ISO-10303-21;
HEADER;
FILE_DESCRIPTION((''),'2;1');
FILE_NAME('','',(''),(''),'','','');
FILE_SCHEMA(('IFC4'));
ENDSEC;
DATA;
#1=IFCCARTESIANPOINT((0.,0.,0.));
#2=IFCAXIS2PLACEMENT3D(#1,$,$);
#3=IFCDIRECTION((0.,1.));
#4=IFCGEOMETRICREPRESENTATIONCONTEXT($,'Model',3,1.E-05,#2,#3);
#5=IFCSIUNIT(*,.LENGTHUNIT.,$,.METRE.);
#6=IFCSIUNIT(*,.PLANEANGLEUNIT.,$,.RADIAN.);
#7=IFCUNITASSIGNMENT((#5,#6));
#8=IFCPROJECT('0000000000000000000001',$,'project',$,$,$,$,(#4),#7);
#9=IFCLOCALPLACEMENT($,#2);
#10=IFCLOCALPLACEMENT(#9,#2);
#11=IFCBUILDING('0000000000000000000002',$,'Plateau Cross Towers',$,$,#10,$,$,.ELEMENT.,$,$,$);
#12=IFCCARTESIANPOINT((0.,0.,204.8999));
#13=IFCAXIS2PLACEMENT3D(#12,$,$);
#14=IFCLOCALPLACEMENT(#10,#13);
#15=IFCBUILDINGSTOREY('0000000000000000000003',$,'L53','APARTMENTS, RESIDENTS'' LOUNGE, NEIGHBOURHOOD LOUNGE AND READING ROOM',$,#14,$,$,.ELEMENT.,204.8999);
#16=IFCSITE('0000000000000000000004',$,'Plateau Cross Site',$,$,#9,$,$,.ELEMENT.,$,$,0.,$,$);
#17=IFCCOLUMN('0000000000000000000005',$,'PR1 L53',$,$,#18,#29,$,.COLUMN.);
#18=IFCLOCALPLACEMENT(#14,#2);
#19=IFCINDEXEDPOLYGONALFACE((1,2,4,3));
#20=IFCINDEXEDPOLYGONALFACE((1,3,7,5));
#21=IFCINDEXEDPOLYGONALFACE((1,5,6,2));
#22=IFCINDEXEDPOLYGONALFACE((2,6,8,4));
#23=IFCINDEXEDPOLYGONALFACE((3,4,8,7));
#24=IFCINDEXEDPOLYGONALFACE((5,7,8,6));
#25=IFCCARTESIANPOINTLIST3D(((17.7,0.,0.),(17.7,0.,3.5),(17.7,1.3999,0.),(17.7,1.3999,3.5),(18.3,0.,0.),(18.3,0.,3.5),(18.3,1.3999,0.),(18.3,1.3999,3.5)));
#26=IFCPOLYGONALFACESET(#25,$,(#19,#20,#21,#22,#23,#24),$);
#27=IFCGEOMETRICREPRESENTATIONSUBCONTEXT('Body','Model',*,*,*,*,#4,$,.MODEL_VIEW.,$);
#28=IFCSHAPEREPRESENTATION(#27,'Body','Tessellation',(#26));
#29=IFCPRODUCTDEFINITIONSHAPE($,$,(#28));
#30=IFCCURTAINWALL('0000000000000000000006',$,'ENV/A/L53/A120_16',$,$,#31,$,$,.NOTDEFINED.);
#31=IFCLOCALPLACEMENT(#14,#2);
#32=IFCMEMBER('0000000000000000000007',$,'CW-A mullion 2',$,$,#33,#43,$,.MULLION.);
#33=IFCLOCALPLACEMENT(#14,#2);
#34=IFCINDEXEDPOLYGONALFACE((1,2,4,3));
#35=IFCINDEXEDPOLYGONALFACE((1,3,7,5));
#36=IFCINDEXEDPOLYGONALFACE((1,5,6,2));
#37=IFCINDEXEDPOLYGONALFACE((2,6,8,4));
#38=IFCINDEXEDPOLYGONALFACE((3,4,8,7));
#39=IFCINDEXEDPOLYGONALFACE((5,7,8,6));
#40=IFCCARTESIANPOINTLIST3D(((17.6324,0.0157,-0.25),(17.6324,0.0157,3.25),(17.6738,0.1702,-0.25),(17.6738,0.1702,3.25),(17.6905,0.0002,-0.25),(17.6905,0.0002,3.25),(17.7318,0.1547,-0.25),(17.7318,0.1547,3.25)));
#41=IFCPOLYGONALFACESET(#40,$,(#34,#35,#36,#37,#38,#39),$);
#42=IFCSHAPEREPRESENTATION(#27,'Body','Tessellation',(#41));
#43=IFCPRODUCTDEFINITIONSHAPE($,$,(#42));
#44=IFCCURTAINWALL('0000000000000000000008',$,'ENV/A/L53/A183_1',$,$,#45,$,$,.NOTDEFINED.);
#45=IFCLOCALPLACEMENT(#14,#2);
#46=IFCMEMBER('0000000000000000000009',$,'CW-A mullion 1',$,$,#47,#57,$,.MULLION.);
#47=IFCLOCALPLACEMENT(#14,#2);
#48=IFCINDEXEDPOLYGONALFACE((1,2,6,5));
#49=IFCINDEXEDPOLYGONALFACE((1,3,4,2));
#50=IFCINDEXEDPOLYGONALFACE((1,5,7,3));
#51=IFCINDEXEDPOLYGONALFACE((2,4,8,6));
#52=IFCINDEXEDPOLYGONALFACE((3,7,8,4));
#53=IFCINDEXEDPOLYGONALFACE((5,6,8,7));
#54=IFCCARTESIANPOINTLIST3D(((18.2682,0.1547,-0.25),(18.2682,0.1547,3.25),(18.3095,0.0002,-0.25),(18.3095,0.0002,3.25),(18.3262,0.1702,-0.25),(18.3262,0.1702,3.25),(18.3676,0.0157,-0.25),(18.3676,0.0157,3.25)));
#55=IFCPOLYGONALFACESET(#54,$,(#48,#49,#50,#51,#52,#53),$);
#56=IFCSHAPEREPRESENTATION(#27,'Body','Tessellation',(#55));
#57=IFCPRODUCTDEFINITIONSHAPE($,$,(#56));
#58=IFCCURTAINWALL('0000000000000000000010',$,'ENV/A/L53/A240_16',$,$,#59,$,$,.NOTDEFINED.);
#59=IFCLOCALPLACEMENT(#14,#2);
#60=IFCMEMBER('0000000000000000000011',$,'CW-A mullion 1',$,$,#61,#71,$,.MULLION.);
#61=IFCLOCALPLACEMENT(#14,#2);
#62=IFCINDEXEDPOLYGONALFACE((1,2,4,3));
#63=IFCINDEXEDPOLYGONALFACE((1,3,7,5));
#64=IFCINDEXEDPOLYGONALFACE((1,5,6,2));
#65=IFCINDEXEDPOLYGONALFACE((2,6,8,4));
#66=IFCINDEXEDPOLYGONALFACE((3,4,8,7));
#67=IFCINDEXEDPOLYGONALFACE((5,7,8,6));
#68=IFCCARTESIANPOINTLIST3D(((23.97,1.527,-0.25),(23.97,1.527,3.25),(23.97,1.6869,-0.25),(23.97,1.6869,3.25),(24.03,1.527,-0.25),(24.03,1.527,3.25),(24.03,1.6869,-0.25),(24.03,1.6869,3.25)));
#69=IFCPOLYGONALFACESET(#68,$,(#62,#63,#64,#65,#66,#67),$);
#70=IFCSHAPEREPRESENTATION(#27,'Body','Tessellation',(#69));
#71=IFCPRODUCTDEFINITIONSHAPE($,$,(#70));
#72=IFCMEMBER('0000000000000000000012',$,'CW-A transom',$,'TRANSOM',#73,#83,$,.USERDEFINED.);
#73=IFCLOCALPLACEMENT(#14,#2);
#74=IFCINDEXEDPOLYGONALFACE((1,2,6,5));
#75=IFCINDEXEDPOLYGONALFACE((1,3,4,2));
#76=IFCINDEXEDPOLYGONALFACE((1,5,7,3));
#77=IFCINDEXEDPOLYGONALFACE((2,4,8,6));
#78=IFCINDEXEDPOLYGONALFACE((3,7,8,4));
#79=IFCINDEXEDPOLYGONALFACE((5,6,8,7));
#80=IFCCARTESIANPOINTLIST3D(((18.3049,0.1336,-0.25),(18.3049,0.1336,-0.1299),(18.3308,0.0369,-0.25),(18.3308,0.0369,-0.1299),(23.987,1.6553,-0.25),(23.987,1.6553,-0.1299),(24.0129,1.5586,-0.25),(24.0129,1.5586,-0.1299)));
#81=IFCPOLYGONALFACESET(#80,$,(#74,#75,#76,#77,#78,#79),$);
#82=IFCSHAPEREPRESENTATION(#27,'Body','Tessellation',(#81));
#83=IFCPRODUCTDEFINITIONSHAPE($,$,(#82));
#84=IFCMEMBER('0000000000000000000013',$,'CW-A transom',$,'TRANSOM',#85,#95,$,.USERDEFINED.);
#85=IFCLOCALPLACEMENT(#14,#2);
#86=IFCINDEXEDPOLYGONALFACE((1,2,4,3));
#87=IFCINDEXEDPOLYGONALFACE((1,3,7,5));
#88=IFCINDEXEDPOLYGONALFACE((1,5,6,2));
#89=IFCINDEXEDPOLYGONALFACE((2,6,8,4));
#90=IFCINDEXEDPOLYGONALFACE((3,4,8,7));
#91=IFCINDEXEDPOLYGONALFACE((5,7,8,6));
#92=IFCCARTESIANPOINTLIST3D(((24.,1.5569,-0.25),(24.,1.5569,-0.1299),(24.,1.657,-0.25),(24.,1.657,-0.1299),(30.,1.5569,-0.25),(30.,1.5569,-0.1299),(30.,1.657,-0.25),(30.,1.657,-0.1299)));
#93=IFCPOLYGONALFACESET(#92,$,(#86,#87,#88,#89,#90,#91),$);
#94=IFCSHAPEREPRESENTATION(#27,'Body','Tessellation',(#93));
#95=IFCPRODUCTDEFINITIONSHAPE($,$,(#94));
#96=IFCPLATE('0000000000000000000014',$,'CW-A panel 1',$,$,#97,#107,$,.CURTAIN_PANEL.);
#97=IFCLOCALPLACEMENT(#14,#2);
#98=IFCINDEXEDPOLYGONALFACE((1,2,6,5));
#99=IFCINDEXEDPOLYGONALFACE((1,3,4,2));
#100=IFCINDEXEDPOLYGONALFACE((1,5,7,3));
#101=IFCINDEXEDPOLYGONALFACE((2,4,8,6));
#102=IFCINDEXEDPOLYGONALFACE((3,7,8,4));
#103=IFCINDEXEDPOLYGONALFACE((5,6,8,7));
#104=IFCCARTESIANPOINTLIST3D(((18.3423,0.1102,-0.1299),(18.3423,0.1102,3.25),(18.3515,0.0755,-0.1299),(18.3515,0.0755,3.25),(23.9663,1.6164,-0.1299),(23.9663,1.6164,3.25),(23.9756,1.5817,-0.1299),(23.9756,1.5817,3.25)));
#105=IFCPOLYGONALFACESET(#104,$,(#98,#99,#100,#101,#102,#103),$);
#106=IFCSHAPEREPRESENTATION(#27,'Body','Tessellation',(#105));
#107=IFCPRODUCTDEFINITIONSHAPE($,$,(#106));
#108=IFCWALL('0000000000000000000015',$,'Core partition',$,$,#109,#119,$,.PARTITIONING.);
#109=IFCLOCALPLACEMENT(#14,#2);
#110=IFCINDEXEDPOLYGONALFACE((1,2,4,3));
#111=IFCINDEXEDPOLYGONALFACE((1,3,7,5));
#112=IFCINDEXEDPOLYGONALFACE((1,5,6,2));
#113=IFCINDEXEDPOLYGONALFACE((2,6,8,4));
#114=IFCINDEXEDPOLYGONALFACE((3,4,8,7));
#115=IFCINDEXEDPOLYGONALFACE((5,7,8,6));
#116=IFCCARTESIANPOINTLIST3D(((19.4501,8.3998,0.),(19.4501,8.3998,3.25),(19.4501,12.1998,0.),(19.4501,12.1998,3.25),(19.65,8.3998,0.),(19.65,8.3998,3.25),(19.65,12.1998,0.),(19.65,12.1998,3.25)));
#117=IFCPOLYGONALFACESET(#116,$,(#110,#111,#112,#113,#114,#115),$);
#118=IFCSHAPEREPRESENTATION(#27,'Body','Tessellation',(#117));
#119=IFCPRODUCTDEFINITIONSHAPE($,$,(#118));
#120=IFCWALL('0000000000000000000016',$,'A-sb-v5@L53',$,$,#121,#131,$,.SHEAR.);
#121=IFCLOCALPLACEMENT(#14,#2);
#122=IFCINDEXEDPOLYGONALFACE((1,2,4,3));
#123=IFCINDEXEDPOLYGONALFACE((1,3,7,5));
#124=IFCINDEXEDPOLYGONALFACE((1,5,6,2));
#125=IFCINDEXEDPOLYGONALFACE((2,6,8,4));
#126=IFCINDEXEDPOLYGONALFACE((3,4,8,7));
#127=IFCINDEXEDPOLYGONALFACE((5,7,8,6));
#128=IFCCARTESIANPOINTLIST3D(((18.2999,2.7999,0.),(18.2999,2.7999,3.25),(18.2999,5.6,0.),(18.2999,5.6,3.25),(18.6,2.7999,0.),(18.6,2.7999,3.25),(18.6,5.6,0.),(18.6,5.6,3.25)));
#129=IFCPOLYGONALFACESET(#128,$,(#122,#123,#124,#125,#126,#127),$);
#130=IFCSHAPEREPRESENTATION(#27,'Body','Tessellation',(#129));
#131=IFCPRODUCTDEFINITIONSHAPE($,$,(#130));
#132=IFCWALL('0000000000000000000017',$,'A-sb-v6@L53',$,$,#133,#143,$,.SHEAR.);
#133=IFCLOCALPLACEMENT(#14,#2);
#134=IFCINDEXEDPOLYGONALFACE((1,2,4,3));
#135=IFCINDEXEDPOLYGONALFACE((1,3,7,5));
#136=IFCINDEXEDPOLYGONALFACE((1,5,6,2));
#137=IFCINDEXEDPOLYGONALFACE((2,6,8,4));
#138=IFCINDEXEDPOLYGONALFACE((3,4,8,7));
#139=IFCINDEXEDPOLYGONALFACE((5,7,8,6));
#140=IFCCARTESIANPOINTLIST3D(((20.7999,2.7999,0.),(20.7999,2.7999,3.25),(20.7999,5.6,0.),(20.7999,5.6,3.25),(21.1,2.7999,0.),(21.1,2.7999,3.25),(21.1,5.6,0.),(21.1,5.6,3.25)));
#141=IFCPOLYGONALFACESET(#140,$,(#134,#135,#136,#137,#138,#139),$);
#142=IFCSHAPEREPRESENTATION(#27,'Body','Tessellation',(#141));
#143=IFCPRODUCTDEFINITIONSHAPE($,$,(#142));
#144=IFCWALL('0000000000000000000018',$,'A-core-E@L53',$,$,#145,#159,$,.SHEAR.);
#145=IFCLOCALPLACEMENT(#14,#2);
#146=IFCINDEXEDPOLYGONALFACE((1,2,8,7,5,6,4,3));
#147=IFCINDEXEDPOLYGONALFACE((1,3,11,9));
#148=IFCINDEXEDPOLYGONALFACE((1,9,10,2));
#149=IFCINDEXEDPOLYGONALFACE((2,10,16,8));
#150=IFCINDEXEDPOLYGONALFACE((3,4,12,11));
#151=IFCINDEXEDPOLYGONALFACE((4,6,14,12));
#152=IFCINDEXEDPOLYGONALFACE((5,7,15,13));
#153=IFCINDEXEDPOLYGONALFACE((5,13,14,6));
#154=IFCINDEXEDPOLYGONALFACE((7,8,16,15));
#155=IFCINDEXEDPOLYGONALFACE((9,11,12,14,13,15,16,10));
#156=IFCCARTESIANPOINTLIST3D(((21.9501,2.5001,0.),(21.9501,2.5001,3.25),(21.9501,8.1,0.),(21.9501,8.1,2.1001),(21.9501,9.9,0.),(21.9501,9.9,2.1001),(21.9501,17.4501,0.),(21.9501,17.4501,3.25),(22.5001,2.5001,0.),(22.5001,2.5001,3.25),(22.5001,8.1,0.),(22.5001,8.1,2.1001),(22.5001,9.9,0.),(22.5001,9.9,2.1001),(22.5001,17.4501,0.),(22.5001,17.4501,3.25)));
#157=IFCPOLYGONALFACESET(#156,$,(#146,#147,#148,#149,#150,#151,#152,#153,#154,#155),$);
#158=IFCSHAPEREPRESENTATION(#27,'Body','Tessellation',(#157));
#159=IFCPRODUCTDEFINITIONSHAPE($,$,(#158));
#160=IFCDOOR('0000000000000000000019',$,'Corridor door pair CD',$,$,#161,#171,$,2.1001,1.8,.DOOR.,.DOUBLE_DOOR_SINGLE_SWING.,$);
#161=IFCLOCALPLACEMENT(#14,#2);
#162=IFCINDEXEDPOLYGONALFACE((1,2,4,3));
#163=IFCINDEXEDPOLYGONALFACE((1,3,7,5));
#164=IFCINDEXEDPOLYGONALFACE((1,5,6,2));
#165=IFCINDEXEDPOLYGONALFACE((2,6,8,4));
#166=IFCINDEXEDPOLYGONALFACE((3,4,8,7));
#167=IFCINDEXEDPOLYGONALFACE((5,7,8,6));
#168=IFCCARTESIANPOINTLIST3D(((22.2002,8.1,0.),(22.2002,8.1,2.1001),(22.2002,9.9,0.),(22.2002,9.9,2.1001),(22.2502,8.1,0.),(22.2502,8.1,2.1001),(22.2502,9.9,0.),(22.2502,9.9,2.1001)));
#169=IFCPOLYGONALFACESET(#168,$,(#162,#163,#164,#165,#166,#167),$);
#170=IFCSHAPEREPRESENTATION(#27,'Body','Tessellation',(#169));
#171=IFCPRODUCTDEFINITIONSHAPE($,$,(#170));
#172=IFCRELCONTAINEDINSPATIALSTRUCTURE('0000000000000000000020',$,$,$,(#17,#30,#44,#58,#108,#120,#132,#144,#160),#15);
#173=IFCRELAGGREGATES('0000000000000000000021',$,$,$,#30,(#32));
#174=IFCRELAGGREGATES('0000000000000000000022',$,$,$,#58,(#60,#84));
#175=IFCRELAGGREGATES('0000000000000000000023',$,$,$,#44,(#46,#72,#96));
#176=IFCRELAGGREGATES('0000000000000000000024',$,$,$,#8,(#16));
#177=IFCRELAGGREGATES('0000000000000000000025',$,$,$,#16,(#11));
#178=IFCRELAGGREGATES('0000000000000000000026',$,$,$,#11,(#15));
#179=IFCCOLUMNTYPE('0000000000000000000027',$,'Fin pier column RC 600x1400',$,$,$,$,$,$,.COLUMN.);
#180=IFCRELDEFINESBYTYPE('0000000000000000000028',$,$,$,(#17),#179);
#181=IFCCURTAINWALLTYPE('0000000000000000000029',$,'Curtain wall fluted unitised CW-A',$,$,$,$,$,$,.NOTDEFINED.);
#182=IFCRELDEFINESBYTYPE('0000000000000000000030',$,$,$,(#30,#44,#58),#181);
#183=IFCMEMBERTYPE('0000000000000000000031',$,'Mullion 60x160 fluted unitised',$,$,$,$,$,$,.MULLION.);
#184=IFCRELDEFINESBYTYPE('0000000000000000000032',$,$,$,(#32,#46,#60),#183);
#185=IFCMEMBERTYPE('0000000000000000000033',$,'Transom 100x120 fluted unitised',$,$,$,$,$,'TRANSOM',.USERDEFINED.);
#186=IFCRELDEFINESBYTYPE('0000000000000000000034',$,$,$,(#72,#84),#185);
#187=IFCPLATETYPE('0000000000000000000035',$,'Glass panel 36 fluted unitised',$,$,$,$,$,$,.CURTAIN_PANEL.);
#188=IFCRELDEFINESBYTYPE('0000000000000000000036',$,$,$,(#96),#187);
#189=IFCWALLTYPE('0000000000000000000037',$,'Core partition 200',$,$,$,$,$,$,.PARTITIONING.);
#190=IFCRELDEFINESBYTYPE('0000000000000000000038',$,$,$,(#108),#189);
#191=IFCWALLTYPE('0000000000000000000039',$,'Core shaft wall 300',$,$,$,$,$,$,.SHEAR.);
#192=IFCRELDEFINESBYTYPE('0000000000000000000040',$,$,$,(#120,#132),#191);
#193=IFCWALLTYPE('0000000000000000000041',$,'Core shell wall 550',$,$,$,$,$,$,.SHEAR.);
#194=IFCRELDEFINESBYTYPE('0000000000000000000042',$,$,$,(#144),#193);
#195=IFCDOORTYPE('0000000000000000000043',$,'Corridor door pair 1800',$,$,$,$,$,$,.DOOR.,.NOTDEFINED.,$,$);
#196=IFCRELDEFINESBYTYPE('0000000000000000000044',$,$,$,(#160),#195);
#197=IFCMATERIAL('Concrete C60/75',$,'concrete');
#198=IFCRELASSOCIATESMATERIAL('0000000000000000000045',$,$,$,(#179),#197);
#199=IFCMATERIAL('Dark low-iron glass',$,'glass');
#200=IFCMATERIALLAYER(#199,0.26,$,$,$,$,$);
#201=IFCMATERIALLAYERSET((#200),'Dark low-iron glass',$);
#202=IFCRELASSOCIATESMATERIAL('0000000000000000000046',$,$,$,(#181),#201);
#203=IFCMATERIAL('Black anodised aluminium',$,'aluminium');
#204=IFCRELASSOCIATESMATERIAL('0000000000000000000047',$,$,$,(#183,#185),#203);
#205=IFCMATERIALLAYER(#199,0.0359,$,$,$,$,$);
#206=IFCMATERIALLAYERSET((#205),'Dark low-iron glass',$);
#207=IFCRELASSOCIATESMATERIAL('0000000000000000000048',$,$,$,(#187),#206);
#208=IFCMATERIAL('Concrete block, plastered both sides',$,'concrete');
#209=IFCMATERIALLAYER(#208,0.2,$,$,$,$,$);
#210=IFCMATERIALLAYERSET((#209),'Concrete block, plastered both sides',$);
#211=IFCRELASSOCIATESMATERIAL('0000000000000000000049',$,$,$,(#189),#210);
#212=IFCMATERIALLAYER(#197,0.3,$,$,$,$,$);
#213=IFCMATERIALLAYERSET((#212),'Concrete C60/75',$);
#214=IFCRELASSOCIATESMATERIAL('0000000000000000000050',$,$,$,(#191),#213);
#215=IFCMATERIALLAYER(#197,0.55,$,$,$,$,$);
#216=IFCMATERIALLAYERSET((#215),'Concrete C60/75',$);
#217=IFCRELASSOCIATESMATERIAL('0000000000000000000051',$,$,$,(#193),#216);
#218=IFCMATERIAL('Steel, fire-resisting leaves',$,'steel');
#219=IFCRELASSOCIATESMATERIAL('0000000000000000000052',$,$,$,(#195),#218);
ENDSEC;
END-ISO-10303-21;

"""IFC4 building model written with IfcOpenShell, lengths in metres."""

from ifc_helpers import new_model, si_unit, direction, frame, frame_2d, origin, origin_2d, place, context, subcontext, project, spatial, rectangle, extrude, material, layer, layer_set, material_profile, profile_set, type_object, element, fill, aggregate, save


model = new_model("IFC4")

# Units and contexts
model_context = context("Model", 3, precision=1e-05, world=origin(), true_north=direction((0.0, 1.0)))
body_context = subcontext(model_context, "Body", "Model", "MODEL_VIEW")
ifc_project = project(units=[si_unit("LENGTHUNIT", "METRE"), si_unit("PLANEANGLEUNIT", "RADIAN")], contexts=[model_context])

# Site, building, storey
site_placement = place(None, origin())
site = spatial("IfcSite", under=ifc_project, at=site_placement, Name="Plateau Cross Site", CompositionType="ELEMENT", RefElevation=0.0)
building_placement = place(site_placement, origin())
building = spatial("IfcBuilding", under=site, at=building_placement, Name="Plateau Cross Towers", CompositionType="ELEMENT")
storey_placement = place(building_placement, frame((0.0, 0.0, 204.8999)))
storey = spatial("IfcBuildingStorey", under=building, at=storey_placement, Name="L53", Description="APARTMENTS, RESIDENTS' LOUNGE, NEIGHBOURHOOD LOUNGE AND READING ROOM", CompositionType="ELEMENT", Elevation=204.8999)

# Column
ifc_material_1 = material(Name="Concrete C60/75", Category="concrete")
ifc_material_profile_1 = material_profile(ifc_material_1, rectangle(XDim=0.6001, YDim=1.3999, at=origin_2d()), Name="RC 600x1400")
ifc_profile_set_1 = profile_set([ifc_material_profile_1], Name="Concrete C60/75")
column_type = type_object("IfcColumnType", Name="Fin pier column RC 600x1400", PredefinedType="COLUMN", material=ifc_profile_set_1)
column_placement = place(storey_placement, frame((18.0, 0.7, 0.0), z_axis=(0.0, 0.0, 1.0), x_axis=(1.0, 0.0, 0.0)))
element("IfcColumn", 1, at=column_placement, inside=storey, type_object=column_type, Name="PR1 L53", PredefinedType="COLUMN", context=body_context, shape_type="SweptSolid", body=[
    extrude(rectangle(XDim=0.6001, YDim=1.3999, at=origin_2d()), origin(), (0.0, 0.0, 1.0), 3.5),
])

# Curtain walls, members
ifc_material_2 = material(Name="Dark low-iron glass", Category="glass")
ifc_layer_1 = layer(ifc_material_2, 0.26)
ifc_layer_set_1 = layer_set([ifc_layer_1], Name="Dark low-iron glass")
curtain_wall_type = type_object("IfcCurtainWallType", Name="Curtain wall fluted unitised CW-A", PredefinedType="NOTDEFINED", material=ifc_layer_set_1)
curtain_wall_1_placement = place(storey_placement, origin())
curtain_wall_1 = element("IfcCurtainWall", 2, at=curtain_wall_1_placement, inside=storey, type_object=curtain_wall_type, Name="ENV/A/L53/A120_16", PredefinedType="NOTDEFINED")
ifc_material_3 = material(Name="Black anodised aluminium", Category="aluminium")
ifc_material_profile_2 = material_profile(ifc_material_3, rectangle(XDim=0.0601, YDim=0.1599, at=origin_2d()), Name="MULLION 60x160")
ifc_profile_set_2 = profile_set([ifc_material_profile_2], Name="Black anodised aluminium")
member_type_1 = type_object("IfcMemberType", Name="Mullion 60x160 fluted unitised", PredefinedType="MULLION", material=ifc_profile_set_2)
member_1_placement = place(storey_placement, frame((17.6821, 0.0852, -0.25), z_axis=(0.0, 0.0, 1.0), x_axis=(0.965958, -0.258699, 0.0)))
member_1 = element("IfcMember", 3, at=member_1_placement, type_object=member_type_1, Name="CW-A mullion 2", PredefinedType="MULLION", context=body_context, shape_type="SweptSolid", body=[
    extrude(rectangle(XDim=0.0601, YDim=0.1599, at=origin_2d()), origin(), (0.0, 0.0, 1.0), 3.5),
])
aggregate(curtain_wall_1, [member_1])
curtain_wall_2_placement = place(storey_placement, origin())
curtain_wall_2 = element("IfcCurtainWall", 4, at=curtain_wall_2_placement, inside=storey, type_object=curtain_wall_type, Name="ENV/A/L53/A183_1", PredefinedType="NOTDEFINED")
member_2_placement = place(storey_placement, frame((18.3179, 0.0852, -0.25), z_axis=(0.0, 0.0, 1.0), x_axis=(0.965958, 0.258699, 0.0)))
member_2 = element("IfcMember", 5, at=member_2_placement, type_object=member_type_1, Name="CW-A mullion 1", PredefinedType="MULLION", context=body_context, shape_type="SweptSolid", body=[
    extrude(rectangle(XDim=0.0601, YDim=0.1599, at=origin_2d()), origin(), (0.0, 0.0, 1.0), 3.5),
])
curtain_wall_3_placement = place(storey_placement, origin())
curtain_wall_3 = element("IfcCurtainWall", 6, at=curtain_wall_3_placement, inside=storey, type_object=curtain_wall_type, Name="ENV/A/L53/A240_16", PredefinedType="NOTDEFINED")
member_3_placement = place(storey_placement, frame((24.0, 1.6069, -0.25), z_axis=(0.0, 0.0, 1.0), x_axis=(1.0, 0.0, 0.0)))
member_3 = element("IfcMember", 7, at=member_3_placement, type_object=member_type_1, Name="CW-A mullion 1", PredefinedType="MULLION", context=body_context, shape_type="SweptSolid", body=[
    extrude(rectangle(XDim=0.0601, YDim=0.1599, at=origin_2d()), origin(), (0.0, 0.0, 1.0), 3.5),
])

# Members
ifc_material_profile_3 = material_profile(ifc_material_3, rectangle(XDim=0.1001, YDim=0.1201, at=origin_2d()), Name="TRANSOM 100x120")
ifc_profile_set_3 = profile_set([ifc_material_profile_3], Name="Black anodised aluminium")
member_type_2 = type_object("IfcMemberType", Name="Transom 100x120 fluted unitised", ElementType="TRANSOM", PredefinedType="USERDEFINED", material=ifc_profile_set_3)
member_4_placement = place(storey_placement, frame((18.3179, 0.0852, -0.1899), z_axis=(0.96596, 0.258693, 0.0), x_axis=(-0.258693, 0.96596, 0.0)))
member_4 = element("IfcMember", 8, at=member_4_placement, type_object=member_type_2, Name="CW-A transom", ObjectType="TRANSOM", PredefinedType="USERDEFINED", context=body_context, shape_type="SweptSolid", body=[
    extrude(rectangle(XDim=0.1001, YDim=0.1201, at=origin_2d()), origin(), (0.0, 0.0, 1.0), 5.8823),
])
member_5_placement = place(storey_placement, frame((24.0, 1.6069, -0.1899), z_axis=(1.0, 0.0, 0.0), x_axis=(0.0, 1.0, 0.0)))
member_5 = element("IfcMember", 9, at=member_5_placement, type_object=member_type_2, Name="CW-A transom", ObjectType="TRANSOM", PredefinedType="USERDEFINED", context=body_context, shape_type="SweptSolid", body=[
    extrude(rectangle(XDim=0.1001, YDim=0.1201, at=origin_2d()), origin(), (0.0, 0.0, 1.0), 6.0),
])
aggregate(curtain_wall_3, [member_3, member_5])

# Plate
ifc_layer_2 = layer(ifc_material_2, 0.0359)
ifc_layer_set_2 = layer_set([ifc_layer_2], Name="Dark low-iron glass")
plate_type = type_object("IfcPlateType", Name="Glass panel 36 fluted unitised", PredefinedType="CURTAIN_PANEL", material=ifc_layer_set_2)
plate_placement = place(storey_placement, frame((21.1589, 0.8459, -0.1299), z_axis=(0.0, 0.0, 1.0), x_axis=(0.965958, 0.258699, 0.0)))
plate = element("IfcPlate", 10, at=plate_placement, type_object=plate_type, Name="CW-A panel 1", PredefinedType="CURTAIN_PANEL", context=body_context, shape_type="SweptSolid", body=[
    extrude(rectangle(XDim=5.8223, YDim=0.0359, at=origin_2d()), origin(), (0.0, 0.0, 1.0), 3.3799),
])
aggregate(curtain_wall_2, [member_2, member_4, plate])

# Walls
ifc_material_4 = material(Name="Concrete block, plastered both sides", Category="concrete")
ifc_layer_3 = layer(ifc_material_4, 0.2)
ifc_layer_set_3 = layer_set([ifc_layer_3], Name="Concrete block, plastered both sides")
wall_type_1 = type_object("IfcWallType", Name="Core partition 200", PredefinedType="PARTITIONING", material=ifc_layer_set_3)
wall_1_placement = place(storey_placement, frame((19.55, 8.3999, 0.0), z_axis=(0.0, 0.0, 1.0), x_axis=(0.0, 1.0, 0.0)))
element("IfcWall", 11, at=wall_1_placement, inside=storey, type_object=wall_type_1, Name="Core partition", PredefinedType="PARTITIONING", context=body_context, shape_type="SweptSolid", body=[
    extrude(rectangle(XDim=3.8, YDim=0.2, at=frame_2d((1.8999, 0.0))), origin(), (0.0, 0.0, 1.0), 3.25),
])
ifc_layer_4 = layer(ifc_material_1, 0.3)
ifc_layer_set_4 = layer_set([ifc_layer_4], Name="Concrete C60/75")
wall_type_2 = type_object("IfcWallType", Name="Core shaft wall 300", PredefinedType="SHEAR", material=ifc_layer_set_4)
for number, where, z_axis, x_axis, name in (
    (12, (18.45, 2.8, 0.0), (0.0, 0.0, 1.0), (0.0, 1.0, 0.0), "A-sb-v5@L53"),
    (13, (20.95, 2.8, 0.0), (0.0, 0.0, 1.0), (0.0, 1.0, 0.0), "A-sb-v6@L53"),
):
    element("IfcWall", number, at=place(storey_placement, frame(where, z_axis=z_axis, x_axis=x_axis)), inside=storey, type_object=wall_type_2, Name=name, PredefinedType="SHEAR", context=body_context, shape_type="SweptSolid", body=[
        extrude(rectangle(XDim=2.8, YDim=0.3, at=frame_2d((1.3999, 0.0))), origin(), (0.0, 0.0, 1.0), 3.25),
    ])

# Wall, opening, door
ifc_layer_5 = layer(ifc_material_1, 0.55)
ifc_layer_set_5 = layer_set([ifc_layer_5], Name="Concrete C60/75")
wall_type_3 = type_object("IfcWallType", Name="Core shell wall 550", PredefinedType="SHEAR", material=ifc_layer_set_5)
wall_2_placement = place(storey_placement, frame((22.2251, 2.5, 0.0), z_axis=(0.0, 0.0, 1.0), x_axis=(0.0, 1.0, 0.0)))
wall_2 = element("IfcWall", 14, at=wall_2_placement, inside=storey, type_object=wall_type_3, Name="A-core-E@L53", PredefinedType="SHEAR", context=body_context, shape_type="SweptSolid", body=[
    extrude(rectangle(XDim=14.95, YDim=0.55, at=frame_2d((7.4751, 0.0))), origin(), (0.0, 0.0, 1.0), 3.25),
])
opening_1_placement = place(wall_2_placement, frame((5.6001, 0.0, 0.0)))
opening_1 = element("IfcOpeningElement", 15, at=opening_1_placement, cuts=wall_2, PredefinedType="OPENING", context=body_context, shape_type="SweptSolid", body=[
    extrude(rectangle(XDim=1.8, YDim=2.1001, at=frame_2d((0.8999, 1.05))), frame((0.0, 0.2849, 0.0), z_axis=(0.0, -1.0, 0.0), x_axis=(1.0, 0.0, 0.0)), (0.0, 0.0, 1.0), 0.5701),
])
ifc_material_5 = material(Name="Steel, fire-resisting leaves", Category="steel")
door_type_1 = type_object("IfcDoorType", Name="Corridor door pair 1800", OperationType="NOTDEFINED", PredefinedType="DOOR", material=ifc_material_5)
door_1_placement = place(opening_1_placement, origin())
door_1 = element("IfcDoor", 16, at=door_1_placement, inside=storey, type_object=door_type_1, Name="Corridor door pair CD", OperationType="DOUBLE_DOOR_SINGLE_SWING", OverallHeight=2.1001, OverallWidth=1.8, PredefinedType="DOOR", context=body_context, shape_type="SweptSolid", body=[
    extrude(rectangle(XDim=1.8, YDim=2.1001, at=frame_2d((0.8999, 1.05))), frame((0.0, 0.0249, 0.0), z_axis=(0.0, -1.0, 0.0), x_axis=(1.0, 0.0, 0.0)), (0.0, 0.0, 1.0), 0.05),
])
fill(opening_1, door_1)

save(model, "model.ifc")
